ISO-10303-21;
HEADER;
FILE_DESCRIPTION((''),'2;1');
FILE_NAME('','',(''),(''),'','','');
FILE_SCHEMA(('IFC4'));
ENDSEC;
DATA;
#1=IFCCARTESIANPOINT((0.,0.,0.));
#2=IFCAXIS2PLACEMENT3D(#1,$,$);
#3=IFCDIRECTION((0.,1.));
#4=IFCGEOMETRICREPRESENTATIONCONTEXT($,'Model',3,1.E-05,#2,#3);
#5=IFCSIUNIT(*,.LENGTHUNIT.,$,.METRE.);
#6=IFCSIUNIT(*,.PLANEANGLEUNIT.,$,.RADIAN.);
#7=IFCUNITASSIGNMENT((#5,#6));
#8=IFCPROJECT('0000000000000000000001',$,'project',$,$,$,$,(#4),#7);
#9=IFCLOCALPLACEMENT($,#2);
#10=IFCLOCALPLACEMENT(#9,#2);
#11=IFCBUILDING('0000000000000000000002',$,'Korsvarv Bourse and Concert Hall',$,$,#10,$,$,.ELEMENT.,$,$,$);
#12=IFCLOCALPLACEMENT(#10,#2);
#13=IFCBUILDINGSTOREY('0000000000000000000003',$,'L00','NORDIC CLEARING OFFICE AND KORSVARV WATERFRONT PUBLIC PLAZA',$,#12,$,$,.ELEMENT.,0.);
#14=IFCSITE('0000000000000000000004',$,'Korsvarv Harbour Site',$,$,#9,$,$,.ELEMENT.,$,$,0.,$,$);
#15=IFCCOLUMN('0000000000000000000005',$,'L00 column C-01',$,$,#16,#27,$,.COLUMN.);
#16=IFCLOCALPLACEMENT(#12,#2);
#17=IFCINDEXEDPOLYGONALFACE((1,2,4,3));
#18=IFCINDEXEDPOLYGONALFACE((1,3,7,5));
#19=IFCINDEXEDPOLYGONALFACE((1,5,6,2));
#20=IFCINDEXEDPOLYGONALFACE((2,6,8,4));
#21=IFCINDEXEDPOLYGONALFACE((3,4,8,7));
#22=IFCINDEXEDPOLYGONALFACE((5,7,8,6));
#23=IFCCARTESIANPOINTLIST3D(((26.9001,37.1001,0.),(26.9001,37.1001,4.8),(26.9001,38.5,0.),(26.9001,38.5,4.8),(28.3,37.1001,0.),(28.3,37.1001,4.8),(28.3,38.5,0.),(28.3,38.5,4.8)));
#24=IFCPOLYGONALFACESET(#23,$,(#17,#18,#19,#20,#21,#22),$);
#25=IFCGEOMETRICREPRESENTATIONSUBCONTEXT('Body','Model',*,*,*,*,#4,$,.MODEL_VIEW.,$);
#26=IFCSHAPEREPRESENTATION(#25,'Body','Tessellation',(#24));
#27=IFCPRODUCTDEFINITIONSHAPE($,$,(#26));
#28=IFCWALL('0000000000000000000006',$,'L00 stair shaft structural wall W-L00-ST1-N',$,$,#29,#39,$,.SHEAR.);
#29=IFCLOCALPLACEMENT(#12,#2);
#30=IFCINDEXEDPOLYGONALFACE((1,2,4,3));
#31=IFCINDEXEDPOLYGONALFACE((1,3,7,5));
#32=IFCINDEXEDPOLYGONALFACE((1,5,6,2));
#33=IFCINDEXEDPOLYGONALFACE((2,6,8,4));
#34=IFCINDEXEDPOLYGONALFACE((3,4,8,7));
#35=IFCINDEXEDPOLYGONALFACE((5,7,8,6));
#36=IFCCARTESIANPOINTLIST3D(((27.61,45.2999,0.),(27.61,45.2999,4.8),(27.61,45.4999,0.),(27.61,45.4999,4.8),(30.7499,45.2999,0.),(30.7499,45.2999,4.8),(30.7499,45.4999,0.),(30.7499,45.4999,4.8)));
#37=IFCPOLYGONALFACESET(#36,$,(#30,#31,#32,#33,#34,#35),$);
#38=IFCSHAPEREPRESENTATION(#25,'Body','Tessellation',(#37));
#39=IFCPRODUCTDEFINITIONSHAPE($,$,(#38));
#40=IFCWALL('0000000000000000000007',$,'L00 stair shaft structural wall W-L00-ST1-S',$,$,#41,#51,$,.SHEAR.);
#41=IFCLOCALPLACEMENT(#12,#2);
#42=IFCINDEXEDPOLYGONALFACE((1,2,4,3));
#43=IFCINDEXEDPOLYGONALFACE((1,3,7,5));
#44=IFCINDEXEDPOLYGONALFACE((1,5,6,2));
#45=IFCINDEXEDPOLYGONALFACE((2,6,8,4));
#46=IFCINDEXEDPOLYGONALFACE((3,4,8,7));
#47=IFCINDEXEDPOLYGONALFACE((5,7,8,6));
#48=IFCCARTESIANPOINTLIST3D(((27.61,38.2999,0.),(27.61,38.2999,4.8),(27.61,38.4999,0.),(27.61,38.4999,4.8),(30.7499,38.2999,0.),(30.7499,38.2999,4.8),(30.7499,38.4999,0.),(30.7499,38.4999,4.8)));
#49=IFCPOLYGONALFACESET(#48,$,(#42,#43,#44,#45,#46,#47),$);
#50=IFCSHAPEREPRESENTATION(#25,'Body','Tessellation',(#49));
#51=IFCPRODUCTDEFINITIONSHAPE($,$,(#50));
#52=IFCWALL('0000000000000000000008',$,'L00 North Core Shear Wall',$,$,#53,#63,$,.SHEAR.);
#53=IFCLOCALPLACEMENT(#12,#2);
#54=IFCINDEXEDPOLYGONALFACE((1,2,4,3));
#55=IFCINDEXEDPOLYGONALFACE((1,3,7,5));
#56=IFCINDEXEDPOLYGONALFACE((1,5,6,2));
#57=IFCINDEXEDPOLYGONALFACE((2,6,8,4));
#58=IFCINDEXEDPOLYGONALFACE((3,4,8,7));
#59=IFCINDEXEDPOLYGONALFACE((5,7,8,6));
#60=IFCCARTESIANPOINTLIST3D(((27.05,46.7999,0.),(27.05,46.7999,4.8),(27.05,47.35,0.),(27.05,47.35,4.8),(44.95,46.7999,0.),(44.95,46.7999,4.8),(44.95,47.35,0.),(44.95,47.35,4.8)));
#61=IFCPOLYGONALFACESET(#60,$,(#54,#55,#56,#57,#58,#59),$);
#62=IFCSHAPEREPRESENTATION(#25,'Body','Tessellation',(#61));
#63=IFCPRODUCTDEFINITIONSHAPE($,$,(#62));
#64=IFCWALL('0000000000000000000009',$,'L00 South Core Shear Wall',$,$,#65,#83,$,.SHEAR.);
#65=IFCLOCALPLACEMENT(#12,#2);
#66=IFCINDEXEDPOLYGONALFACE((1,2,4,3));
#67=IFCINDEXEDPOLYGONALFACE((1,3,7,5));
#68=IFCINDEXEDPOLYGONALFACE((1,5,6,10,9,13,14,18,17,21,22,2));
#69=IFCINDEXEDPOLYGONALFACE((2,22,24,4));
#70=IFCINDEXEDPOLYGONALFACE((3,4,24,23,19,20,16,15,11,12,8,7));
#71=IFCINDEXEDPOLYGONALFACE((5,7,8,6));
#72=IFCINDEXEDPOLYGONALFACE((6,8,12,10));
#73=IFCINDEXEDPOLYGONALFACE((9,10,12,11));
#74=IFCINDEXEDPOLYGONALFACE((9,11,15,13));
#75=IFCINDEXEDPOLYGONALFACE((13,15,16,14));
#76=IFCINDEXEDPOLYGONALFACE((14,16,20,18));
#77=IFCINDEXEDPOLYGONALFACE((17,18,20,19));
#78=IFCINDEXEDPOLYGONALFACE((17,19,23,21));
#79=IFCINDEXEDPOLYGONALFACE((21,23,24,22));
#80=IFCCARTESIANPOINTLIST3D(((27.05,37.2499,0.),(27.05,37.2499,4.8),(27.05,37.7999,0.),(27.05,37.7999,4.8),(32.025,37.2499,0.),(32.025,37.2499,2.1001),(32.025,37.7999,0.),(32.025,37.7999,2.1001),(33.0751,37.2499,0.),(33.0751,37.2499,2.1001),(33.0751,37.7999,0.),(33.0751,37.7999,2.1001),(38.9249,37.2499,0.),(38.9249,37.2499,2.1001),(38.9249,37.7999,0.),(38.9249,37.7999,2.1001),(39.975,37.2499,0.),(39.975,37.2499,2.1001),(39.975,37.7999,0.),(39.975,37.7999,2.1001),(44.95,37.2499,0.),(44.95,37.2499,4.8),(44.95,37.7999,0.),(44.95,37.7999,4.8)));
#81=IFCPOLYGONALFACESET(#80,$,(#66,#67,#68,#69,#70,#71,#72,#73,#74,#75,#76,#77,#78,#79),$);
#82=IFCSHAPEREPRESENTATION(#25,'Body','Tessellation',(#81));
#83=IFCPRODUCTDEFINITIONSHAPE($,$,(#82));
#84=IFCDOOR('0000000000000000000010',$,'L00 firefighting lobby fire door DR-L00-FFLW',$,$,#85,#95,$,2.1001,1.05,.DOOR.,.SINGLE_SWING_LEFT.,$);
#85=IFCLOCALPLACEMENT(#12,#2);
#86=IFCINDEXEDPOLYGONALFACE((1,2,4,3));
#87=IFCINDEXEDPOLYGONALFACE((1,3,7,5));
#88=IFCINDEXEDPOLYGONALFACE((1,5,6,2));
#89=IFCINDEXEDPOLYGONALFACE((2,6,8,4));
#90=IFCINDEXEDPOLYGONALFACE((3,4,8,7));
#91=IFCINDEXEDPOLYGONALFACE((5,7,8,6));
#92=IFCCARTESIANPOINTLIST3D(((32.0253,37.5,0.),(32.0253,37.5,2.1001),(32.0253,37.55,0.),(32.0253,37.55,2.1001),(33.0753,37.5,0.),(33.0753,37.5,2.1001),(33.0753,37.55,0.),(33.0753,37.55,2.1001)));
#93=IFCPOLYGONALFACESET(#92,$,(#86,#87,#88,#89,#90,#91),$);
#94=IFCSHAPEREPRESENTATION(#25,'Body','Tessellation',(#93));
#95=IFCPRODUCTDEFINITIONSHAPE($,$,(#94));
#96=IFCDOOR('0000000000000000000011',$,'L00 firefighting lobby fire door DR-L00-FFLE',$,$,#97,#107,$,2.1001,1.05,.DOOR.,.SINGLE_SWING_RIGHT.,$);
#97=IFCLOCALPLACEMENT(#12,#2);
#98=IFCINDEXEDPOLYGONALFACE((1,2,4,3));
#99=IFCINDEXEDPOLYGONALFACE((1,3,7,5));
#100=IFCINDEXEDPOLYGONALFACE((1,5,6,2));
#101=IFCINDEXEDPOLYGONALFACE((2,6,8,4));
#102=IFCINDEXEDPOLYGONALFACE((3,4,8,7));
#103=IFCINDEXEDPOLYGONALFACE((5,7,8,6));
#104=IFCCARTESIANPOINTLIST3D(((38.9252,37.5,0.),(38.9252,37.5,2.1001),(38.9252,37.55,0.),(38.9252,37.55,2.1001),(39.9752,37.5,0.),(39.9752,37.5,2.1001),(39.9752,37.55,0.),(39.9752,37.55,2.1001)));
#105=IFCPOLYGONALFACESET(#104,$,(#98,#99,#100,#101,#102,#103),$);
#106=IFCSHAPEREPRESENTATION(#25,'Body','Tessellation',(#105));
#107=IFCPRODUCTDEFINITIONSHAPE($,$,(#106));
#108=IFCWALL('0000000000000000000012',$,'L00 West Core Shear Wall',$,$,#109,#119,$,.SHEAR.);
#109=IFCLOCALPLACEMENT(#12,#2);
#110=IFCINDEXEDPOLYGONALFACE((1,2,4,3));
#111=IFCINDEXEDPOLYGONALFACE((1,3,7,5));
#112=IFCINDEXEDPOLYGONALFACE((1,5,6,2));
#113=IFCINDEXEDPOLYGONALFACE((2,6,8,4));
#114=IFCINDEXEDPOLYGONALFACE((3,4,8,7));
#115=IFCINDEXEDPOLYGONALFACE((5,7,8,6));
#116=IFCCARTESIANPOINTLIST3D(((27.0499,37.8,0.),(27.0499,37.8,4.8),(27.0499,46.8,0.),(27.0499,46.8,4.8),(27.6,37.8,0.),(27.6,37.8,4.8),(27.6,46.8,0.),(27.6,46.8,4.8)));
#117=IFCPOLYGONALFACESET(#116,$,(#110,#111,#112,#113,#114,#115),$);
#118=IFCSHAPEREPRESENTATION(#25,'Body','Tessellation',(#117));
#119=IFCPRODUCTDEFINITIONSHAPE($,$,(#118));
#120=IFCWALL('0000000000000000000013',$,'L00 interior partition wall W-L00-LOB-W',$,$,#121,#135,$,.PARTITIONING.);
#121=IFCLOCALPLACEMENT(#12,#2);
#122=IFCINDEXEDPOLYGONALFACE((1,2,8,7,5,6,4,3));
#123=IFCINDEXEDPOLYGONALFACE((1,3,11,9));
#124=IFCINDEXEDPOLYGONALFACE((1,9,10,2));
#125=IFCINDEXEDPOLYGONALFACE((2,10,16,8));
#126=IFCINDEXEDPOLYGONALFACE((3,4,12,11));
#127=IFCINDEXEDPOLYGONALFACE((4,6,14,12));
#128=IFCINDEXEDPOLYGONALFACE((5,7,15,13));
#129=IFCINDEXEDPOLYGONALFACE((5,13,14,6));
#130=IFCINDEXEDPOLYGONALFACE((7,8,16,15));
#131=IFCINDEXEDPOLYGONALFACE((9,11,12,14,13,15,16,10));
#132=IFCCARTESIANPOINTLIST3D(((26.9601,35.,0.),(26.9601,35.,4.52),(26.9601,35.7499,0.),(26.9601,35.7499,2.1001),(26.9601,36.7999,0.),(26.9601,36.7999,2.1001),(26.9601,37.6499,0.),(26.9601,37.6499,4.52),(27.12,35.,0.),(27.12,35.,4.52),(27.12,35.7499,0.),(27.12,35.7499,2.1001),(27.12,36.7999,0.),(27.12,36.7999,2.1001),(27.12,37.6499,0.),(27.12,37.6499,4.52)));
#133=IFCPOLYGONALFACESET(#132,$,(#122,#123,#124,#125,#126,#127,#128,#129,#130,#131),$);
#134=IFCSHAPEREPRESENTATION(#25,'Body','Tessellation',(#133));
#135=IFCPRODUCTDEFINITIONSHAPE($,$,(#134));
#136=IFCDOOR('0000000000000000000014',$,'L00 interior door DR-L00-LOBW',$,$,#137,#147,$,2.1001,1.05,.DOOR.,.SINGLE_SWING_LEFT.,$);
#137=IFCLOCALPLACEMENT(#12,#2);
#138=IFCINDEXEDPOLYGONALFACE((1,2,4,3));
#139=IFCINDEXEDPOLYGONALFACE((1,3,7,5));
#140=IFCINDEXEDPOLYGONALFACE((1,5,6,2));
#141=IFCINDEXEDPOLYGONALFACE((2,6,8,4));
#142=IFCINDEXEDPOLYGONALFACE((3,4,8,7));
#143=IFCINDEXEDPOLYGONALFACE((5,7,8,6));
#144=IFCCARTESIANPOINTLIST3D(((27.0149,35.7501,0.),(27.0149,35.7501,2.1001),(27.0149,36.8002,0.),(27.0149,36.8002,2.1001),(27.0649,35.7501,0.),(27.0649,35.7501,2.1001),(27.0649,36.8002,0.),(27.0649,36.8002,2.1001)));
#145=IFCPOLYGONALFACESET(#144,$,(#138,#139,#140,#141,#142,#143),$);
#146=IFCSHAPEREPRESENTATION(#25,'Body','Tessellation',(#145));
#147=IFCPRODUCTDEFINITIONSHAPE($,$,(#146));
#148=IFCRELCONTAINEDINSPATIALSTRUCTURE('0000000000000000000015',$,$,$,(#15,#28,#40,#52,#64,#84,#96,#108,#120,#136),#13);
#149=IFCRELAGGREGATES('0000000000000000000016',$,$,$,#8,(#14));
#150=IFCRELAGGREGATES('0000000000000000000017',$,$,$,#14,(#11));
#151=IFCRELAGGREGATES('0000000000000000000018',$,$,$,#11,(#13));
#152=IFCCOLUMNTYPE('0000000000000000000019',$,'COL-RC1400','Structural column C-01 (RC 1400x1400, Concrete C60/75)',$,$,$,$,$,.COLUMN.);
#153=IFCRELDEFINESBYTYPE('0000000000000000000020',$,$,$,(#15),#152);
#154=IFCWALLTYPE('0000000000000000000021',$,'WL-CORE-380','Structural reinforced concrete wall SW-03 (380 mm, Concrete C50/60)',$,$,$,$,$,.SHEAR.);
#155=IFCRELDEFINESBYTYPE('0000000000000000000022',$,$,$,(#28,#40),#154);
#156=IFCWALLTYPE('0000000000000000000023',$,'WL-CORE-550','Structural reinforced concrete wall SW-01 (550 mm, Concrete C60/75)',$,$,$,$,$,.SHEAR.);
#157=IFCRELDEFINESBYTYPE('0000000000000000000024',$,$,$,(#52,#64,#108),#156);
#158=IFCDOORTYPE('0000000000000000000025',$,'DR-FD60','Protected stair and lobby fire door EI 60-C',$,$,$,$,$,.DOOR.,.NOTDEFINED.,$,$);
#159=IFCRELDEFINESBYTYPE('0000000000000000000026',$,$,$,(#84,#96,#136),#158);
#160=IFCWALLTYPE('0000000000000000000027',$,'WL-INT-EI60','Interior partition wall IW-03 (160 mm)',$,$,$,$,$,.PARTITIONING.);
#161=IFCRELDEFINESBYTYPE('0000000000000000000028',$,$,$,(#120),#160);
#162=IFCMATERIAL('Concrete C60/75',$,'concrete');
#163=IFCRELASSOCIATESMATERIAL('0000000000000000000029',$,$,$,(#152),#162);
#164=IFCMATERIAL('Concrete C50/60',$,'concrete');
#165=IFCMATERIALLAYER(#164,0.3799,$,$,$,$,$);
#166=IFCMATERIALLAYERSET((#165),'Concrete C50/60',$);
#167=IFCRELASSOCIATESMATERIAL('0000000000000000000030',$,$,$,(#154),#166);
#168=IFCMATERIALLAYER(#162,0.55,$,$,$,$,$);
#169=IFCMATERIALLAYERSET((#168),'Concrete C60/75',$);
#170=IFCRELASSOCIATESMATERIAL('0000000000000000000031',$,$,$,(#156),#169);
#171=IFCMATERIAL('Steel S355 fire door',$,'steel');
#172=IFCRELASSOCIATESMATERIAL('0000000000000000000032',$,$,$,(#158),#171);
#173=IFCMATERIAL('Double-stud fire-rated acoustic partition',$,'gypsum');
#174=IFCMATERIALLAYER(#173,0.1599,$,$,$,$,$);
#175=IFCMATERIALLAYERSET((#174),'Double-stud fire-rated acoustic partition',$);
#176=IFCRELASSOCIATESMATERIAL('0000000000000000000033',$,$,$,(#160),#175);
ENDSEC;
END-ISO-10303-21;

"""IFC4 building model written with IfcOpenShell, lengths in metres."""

from ifc_helpers import new_model, si_unit, direction, frame, frame_2d, origin, origin_2d, place, context, subcontext, project, spatial, rectangle, extrude, source, transform, mapped, material, layer, layer_set, material_profile, profile_set, type_object, element, fill, save


model = new_model("IFC4")

# Units and contexts
model_context = context("Model", 3, precision=1e-05, world=origin(), true_north=direction((0.0, 1.0)))
body_context = subcontext(model_context, "Body", "Model", "MODEL_VIEW")
ifc_project = project(units=[si_unit("LENGTHUNIT", "METRE"), si_unit("PLANEANGLEUNIT", "RADIAN")], contexts=[model_context])

# Site, building, storey
site_placement = place(None, origin())
site = spatial("IfcSite", under=ifc_project, at=site_placement, Name="Korsvarv Harbour Site", CompositionType="ELEMENT", RefElevation=0.0)
building_placement = place(site_placement, origin())
building = spatial("IfcBuilding", under=site, at=building_placement, Name="Korsvarv Bourse and Concert Hall", CompositionType="ELEMENT")
storey_placement = place(building_placement, origin())
storey = spatial("IfcBuildingStorey", under=building, at=storey_placement, Name="L00", Description="NORDIC CLEARING OFFICE AND KORSVARV WATERFRONT PUBLIC PLAZA", CompositionType="ELEMENT", Elevation=0.0)

# Column
ifc_material_1 = material(Name="Concrete C60/75", Category="concrete")
ifc_material_profile = material_profile(ifc_material_1, rectangle(XDim=1.3999, YDim=1.3999, at=origin_2d()), Name="RC 1400x1400")
ifc_profile_set = profile_set([ifc_material_profile], Name="Concrete C60/75")
column_type = type_object("IfcColumnType", Name="COL-RC1400", Description="Structural column C-01 (RC 1400x1400, Concrete C60/75)", PredefinedType="COLUMN", material=ifc_profile_set)
shared_shape_1 = source(origin(), body_context, "Body", "SweptSolid", [
    extrude(rectangle(XDim=1.3999, YDim=1.3999, at=origin_2d()), origin(), (0.0, 0.0, 1.0), 4.8),
])
column_placement = place(storey_placement, frame((27.6001, 37.8, 0.0), z_axis=(0.0, 0.0, 1.0), x_axis=(1.0, 0.0, 0.0)))
element("IfcColumn", 1, at=column_placement, inside=storey, type_object=column_type, Name="L00 column C-01", PredefinedType="COLUMN", context=body_context, shape_type="MappedRepresentation", body=[
    mapped(shared_shape_1, transform((0.0, 0.0, 0.0), scale=1.0)),
])

# Walls
ifc_material_2 = material(Name="Concrete C50/60", Category="concrete")
ifc_layer_1 = layer(ifc_material_2, 0.3799)
ifc_layer_set_1 = layer_set([ifc_layer_1], Name="Concrete C50/60")
wall_type_1 = type_object("IfcWallType", Name="WL-CORE-380", Description="Structural reinforced concrete wall SW-03 (380 mm, Concrete C50/60)", PredefinedType="SHEAR", material=ifc_layer_set_1)
for number, where, z_axis, x_axis, name in (
    (2, (27.6101, 45.3999, 0.0), (0.0, 0.0, 1.0), (1.0, 0.0, 0.0), "L00 stair shaft structural wall W-L00-ST1-N"),
    (3, (27.6101, 38.3999, 0.0), (0.0, 0.0, 1.0), (1.0, 0.0, 0.0), "L00 stair shaft structural wall W-L00-ST1-S"),
):
    element("IfcWall", number, at=place(storey_placement, frame(where, z_axis=z_axis, x_axis=x_axis)), inside=storey, type_object=wall_type_1, Name=name, PredefinedType="SHEAR", context=body_context, shape_type="SweptSolid", body=[
        extrude(rectangle(XDim=3.1399, YDim=0.2, at=frame_2d((1.5698, 0.0))), origin(), (0.0, 0.0, 1.0), 4.8),
    ])
ifc_layer_2 = layer(ifc_material_1, 0.55)
ifc_layer_set_2 = layer_set([ifc_layer_2], Name="Concrete C60/75")
wall_type_2 = type_object("IfcWallType", Name="WL-CORE-550", Description="Structural reinforced concrete wall SW-01 (550 mm, Concrete C60/75)", PredefinedType="SHEAR", material=ifc_layer_set_2)
wall_1_placement = place(storey_placement, frame((27.05, 47.075, 0.0), z_axis=(0.0, 0.0, 1.0), x_axis=(1.0, 0.0, 0.0)))
element("IfcWall", 4, at=wall_1_placement, inside=storey, type_object=wall_type_2, Name="L00 North Core Shear Wall", PredefinedType="SHEAR", context=body_context, shape_type="SweptSolid", body=[
    extrude(rectangle(XDim=17.8999, YDim=0.55, at=frame_2d((8.95, 0.0))), origin(), (0.0, 0.0, 1.0), 4.8),
])

# Wall, openings, doors
wall_2_placement = place(storey_placement, frame((27.05, 37.5249, 0.0), z_axis=(0.0, 0.0, 1.0), x_axis=(1.0, 0.0, 0.0)))
wall_2 = element("IfcWall", 5, at=wall_2_placement, inside=storey, type_object=wall_type_2, Name="L00 South Core Shear Wall", PredefinedType="SHEAR", context=body_context, shape_type="SweptSolid", body=[
    extrude(rectangle(XDim=17.8999, YDim=0.55, at=frame_2d((8.95, 0.0))), origin(), (0.0, 0.0, 1.0), 4.8),
])
opening_1_placement = place(wall_2_placement, frame((4.9751, 0.0, 0.0)))
opening_1 = element("IfcOpeningElement", 6, at=opening_1_placement, cuts=wall_2, PredefinedType="OPENING", context=body_context, shape_type="SweptSolid", body=[
    extrude(rectangle(XDim=1.05, YDim=2.1001, at=frame_2d((0.5249, 1.05))), frame((0.0, 0.2852, 0.0), z_axis=(0.0, -1.0, 0.0), x_axis=(1.0, 0.0, 0.0)), (0.0, 0.0, 1.0), 0.5701),
])
opening_2_placement = place(wall_2_placement, frame((11.875, 0.0, 0.0)))
opening_2 = element("IfcOpeningElement", 7, at=opening_2_placement, cuts=wall_2, PredefinedType="OPENING", context=body_context, shape_type="SweptSolid", body=[
    extrude(rectangle(XDim=1.05, YDim=2.1001, at=frame_2d((0.5249, 1.05))), frame((0.0, 0.2852, 0.0), z_axis=(0.0, -1.0, 0.0), x_axis=(1.0, 0.0, 0.0)), (0.0, 0.0, 1.0), 0.5701),
])
ifc_material_3 = material(Name="Steel S355 fire door", Category="steel")
door_type_1 = type_object("IfcDoorType", Name="DR-FD60", Description="Protected stair and lobby fire door EI 60-C", OperationType="NOTDEFINED", PredefinedType="DOOR", material=ifc_material_3)
door_1_placement = place(opening_1_placement, frame((1.05, 0.0, 0.0), z_axis=(0.0, 0.0, 1.0), x_axis=(-1.0, 0.0, 0.0)))
door_1 = element("IfcDoor", 8, at=door_1_placement, inside=storey, type_object=door_type_1, Name="L00 firefighting lobby fire door DR-L00-FFLW", OperationType="SINGLE_SWING_LEFT", OverallHeight=2.1001, OverallWidth=1.05, PredefinedType="DOOR", context=body_context, shape_type="SweptSolid", body=[
    extrude(rectangle(XDim=1.05, YDim=2.1001, at=frame_2d((0.5249, 1.05))), frame((0.0, 0.0249, 0.0), z_axis=(0.0, -1.0, 0.0), x_axis=(1.0, 0.0, 0.0)), (0.0, 0.0, 1.0), 0.05),
])
fill(opening_1, door_1)
door_2_placement = place(opening_2_placement, frame((1.05, 0.0, 0.0), z_axis=(0.0, 0.0, 1.0), x_axis=(-1.0, 0.0, 0.0)))
door_2 = element("IfcDoor", 9, at=door_2_placement, inside=storey, type_object=door_type_1, Name="L00 firefighting lobby fire door DR-L00-FFLE", OperationType="SINGLE_SWING_RIGHT", OverallHeight=2.1001, OverallWidth=1.05, PredefinedType="DOOR", context=body_context, shape_type="SweptSolid", body=[
    extrude(rectangle(XDim=1.05, YDim=2.1001, at=frame_2d((0.5249, 1.05))), frame((0.0, 0.0249, 0.0), z_axis=(0.0, -1.0, 0.0), x_axis=(1.0, 0.0, 0.0)), (0.0, 0.0, 1.0), 0.05),
])
fill(opening_2, door_2)

# Wall
wall_3_placement = place(storey_placement, frame((27.325, 37.8, 0.0), z_axis=(0.0, 0.0, 1.0), x_axis=(0.0, 1.0, 0.0)))
element("IfcWall", 10, at=wall_3_placement, inside=storey, type_object=wall_type_2, Name="L00 West Core Shear Wall", PredefinedType="SHEAR", context=body_context, shape_type="SweptSolid", body=[
    extrude(rectangle(XDim=9.0, YDim=0.55, at=frame_2d((4.5, 0.0))), origin(), (0.0, 0.0, 1.0), 4.8),
])

# Wall, opening, door
ifc_material_4 = material(Name="Double-stud fire-rated acoustic partition", Category="gypsum")
ifc_layer_3 = layer(ifc_material_4, 0.1599)
ifc_layer_set_3 = layer_set([ifc_layer_3], Name="Double-stud fire-rated acoustic partition")
wall_type_3 = type_object("IfcWallType", Name="WL-INT-EI60", Description="Interior partition wall IW-03 (160 mm)", PredefinedType="PARTITIONING", material=ifc_layer_set_3)
wall_4_placement = place(storey_placement, frame((27.04, 35.0, 0.0), z_axis=(0.0, 0.0, 1.0), x_axis=(0.0, 1.0, 0.0)))
wall_4 = element("IfcWall", 11, at=wall_4_placement, inside=storey, type_object=wall_type_3, Name="L00 interior partition wall W-L00-LOB-W", PredefinedType="PARTITIONING", context=body_context, shape_type="SweptSolid", body=[
    extrude(rectangle(XDim=2.6499, YDim=0.1599, at=frame_2d((1.325, 0.0))), origin(), (0.0, 0.0, 1.0), 4.52),
])
opening_3_placement = place(wall_4_placement, frame((0.75, 0.0, 0.0)))
opening_3 = element("IfcOpeningElement", 12, at=opening_3_placement, cuts=wall_4, PredefinedType="OPENING", context=body_context, shape_type="SweptSolid", body=[
    extrude(rectangle(XDim=1.05, YDim=2.1001, at=frame_2d((0.5249, 1.05))), frame((0.0, 0.0898, 0.0), z_axis=(0.0, -1.0, 0.0), x_axis=(1.0, 0.0, 0.0)), (0.0, 0.0, 1.0), 0.1799),
])
door_3_placement = place(opening_3_placement, frame((1.05, 0.0, 0.0), z_axis=(0.0, 0.0, 1.0), x_axis=(-1.0, 0.0, 0.0)))
door_3 = element("IfcDoor", 13, at=door_3_placement, inside=storey, type_object=door_type_1, Name="L00 interior door DR-L00-LOBW", OperationType="SINGLE_SWING_LEFT", OverallHeight=2.1001, OverallWidth=1.05, PredefinedType="DOOR", context=body_context, shape_type="SweptSolid", body=[
    extrude(rectangle(XDim=1.05, YDim=2.1001, at=frame_2d((0.5249, 1.05))), frame((0.0, 0.0249, 0.0), z_axis=(0.0, -1.0, 0.0), x_axis=(1.0, 0.0, 0.0)), (0.0, 0.0, 1.0), 0.05),
])
fill(opening_3, door_3)

save(model, "model.ifc")
